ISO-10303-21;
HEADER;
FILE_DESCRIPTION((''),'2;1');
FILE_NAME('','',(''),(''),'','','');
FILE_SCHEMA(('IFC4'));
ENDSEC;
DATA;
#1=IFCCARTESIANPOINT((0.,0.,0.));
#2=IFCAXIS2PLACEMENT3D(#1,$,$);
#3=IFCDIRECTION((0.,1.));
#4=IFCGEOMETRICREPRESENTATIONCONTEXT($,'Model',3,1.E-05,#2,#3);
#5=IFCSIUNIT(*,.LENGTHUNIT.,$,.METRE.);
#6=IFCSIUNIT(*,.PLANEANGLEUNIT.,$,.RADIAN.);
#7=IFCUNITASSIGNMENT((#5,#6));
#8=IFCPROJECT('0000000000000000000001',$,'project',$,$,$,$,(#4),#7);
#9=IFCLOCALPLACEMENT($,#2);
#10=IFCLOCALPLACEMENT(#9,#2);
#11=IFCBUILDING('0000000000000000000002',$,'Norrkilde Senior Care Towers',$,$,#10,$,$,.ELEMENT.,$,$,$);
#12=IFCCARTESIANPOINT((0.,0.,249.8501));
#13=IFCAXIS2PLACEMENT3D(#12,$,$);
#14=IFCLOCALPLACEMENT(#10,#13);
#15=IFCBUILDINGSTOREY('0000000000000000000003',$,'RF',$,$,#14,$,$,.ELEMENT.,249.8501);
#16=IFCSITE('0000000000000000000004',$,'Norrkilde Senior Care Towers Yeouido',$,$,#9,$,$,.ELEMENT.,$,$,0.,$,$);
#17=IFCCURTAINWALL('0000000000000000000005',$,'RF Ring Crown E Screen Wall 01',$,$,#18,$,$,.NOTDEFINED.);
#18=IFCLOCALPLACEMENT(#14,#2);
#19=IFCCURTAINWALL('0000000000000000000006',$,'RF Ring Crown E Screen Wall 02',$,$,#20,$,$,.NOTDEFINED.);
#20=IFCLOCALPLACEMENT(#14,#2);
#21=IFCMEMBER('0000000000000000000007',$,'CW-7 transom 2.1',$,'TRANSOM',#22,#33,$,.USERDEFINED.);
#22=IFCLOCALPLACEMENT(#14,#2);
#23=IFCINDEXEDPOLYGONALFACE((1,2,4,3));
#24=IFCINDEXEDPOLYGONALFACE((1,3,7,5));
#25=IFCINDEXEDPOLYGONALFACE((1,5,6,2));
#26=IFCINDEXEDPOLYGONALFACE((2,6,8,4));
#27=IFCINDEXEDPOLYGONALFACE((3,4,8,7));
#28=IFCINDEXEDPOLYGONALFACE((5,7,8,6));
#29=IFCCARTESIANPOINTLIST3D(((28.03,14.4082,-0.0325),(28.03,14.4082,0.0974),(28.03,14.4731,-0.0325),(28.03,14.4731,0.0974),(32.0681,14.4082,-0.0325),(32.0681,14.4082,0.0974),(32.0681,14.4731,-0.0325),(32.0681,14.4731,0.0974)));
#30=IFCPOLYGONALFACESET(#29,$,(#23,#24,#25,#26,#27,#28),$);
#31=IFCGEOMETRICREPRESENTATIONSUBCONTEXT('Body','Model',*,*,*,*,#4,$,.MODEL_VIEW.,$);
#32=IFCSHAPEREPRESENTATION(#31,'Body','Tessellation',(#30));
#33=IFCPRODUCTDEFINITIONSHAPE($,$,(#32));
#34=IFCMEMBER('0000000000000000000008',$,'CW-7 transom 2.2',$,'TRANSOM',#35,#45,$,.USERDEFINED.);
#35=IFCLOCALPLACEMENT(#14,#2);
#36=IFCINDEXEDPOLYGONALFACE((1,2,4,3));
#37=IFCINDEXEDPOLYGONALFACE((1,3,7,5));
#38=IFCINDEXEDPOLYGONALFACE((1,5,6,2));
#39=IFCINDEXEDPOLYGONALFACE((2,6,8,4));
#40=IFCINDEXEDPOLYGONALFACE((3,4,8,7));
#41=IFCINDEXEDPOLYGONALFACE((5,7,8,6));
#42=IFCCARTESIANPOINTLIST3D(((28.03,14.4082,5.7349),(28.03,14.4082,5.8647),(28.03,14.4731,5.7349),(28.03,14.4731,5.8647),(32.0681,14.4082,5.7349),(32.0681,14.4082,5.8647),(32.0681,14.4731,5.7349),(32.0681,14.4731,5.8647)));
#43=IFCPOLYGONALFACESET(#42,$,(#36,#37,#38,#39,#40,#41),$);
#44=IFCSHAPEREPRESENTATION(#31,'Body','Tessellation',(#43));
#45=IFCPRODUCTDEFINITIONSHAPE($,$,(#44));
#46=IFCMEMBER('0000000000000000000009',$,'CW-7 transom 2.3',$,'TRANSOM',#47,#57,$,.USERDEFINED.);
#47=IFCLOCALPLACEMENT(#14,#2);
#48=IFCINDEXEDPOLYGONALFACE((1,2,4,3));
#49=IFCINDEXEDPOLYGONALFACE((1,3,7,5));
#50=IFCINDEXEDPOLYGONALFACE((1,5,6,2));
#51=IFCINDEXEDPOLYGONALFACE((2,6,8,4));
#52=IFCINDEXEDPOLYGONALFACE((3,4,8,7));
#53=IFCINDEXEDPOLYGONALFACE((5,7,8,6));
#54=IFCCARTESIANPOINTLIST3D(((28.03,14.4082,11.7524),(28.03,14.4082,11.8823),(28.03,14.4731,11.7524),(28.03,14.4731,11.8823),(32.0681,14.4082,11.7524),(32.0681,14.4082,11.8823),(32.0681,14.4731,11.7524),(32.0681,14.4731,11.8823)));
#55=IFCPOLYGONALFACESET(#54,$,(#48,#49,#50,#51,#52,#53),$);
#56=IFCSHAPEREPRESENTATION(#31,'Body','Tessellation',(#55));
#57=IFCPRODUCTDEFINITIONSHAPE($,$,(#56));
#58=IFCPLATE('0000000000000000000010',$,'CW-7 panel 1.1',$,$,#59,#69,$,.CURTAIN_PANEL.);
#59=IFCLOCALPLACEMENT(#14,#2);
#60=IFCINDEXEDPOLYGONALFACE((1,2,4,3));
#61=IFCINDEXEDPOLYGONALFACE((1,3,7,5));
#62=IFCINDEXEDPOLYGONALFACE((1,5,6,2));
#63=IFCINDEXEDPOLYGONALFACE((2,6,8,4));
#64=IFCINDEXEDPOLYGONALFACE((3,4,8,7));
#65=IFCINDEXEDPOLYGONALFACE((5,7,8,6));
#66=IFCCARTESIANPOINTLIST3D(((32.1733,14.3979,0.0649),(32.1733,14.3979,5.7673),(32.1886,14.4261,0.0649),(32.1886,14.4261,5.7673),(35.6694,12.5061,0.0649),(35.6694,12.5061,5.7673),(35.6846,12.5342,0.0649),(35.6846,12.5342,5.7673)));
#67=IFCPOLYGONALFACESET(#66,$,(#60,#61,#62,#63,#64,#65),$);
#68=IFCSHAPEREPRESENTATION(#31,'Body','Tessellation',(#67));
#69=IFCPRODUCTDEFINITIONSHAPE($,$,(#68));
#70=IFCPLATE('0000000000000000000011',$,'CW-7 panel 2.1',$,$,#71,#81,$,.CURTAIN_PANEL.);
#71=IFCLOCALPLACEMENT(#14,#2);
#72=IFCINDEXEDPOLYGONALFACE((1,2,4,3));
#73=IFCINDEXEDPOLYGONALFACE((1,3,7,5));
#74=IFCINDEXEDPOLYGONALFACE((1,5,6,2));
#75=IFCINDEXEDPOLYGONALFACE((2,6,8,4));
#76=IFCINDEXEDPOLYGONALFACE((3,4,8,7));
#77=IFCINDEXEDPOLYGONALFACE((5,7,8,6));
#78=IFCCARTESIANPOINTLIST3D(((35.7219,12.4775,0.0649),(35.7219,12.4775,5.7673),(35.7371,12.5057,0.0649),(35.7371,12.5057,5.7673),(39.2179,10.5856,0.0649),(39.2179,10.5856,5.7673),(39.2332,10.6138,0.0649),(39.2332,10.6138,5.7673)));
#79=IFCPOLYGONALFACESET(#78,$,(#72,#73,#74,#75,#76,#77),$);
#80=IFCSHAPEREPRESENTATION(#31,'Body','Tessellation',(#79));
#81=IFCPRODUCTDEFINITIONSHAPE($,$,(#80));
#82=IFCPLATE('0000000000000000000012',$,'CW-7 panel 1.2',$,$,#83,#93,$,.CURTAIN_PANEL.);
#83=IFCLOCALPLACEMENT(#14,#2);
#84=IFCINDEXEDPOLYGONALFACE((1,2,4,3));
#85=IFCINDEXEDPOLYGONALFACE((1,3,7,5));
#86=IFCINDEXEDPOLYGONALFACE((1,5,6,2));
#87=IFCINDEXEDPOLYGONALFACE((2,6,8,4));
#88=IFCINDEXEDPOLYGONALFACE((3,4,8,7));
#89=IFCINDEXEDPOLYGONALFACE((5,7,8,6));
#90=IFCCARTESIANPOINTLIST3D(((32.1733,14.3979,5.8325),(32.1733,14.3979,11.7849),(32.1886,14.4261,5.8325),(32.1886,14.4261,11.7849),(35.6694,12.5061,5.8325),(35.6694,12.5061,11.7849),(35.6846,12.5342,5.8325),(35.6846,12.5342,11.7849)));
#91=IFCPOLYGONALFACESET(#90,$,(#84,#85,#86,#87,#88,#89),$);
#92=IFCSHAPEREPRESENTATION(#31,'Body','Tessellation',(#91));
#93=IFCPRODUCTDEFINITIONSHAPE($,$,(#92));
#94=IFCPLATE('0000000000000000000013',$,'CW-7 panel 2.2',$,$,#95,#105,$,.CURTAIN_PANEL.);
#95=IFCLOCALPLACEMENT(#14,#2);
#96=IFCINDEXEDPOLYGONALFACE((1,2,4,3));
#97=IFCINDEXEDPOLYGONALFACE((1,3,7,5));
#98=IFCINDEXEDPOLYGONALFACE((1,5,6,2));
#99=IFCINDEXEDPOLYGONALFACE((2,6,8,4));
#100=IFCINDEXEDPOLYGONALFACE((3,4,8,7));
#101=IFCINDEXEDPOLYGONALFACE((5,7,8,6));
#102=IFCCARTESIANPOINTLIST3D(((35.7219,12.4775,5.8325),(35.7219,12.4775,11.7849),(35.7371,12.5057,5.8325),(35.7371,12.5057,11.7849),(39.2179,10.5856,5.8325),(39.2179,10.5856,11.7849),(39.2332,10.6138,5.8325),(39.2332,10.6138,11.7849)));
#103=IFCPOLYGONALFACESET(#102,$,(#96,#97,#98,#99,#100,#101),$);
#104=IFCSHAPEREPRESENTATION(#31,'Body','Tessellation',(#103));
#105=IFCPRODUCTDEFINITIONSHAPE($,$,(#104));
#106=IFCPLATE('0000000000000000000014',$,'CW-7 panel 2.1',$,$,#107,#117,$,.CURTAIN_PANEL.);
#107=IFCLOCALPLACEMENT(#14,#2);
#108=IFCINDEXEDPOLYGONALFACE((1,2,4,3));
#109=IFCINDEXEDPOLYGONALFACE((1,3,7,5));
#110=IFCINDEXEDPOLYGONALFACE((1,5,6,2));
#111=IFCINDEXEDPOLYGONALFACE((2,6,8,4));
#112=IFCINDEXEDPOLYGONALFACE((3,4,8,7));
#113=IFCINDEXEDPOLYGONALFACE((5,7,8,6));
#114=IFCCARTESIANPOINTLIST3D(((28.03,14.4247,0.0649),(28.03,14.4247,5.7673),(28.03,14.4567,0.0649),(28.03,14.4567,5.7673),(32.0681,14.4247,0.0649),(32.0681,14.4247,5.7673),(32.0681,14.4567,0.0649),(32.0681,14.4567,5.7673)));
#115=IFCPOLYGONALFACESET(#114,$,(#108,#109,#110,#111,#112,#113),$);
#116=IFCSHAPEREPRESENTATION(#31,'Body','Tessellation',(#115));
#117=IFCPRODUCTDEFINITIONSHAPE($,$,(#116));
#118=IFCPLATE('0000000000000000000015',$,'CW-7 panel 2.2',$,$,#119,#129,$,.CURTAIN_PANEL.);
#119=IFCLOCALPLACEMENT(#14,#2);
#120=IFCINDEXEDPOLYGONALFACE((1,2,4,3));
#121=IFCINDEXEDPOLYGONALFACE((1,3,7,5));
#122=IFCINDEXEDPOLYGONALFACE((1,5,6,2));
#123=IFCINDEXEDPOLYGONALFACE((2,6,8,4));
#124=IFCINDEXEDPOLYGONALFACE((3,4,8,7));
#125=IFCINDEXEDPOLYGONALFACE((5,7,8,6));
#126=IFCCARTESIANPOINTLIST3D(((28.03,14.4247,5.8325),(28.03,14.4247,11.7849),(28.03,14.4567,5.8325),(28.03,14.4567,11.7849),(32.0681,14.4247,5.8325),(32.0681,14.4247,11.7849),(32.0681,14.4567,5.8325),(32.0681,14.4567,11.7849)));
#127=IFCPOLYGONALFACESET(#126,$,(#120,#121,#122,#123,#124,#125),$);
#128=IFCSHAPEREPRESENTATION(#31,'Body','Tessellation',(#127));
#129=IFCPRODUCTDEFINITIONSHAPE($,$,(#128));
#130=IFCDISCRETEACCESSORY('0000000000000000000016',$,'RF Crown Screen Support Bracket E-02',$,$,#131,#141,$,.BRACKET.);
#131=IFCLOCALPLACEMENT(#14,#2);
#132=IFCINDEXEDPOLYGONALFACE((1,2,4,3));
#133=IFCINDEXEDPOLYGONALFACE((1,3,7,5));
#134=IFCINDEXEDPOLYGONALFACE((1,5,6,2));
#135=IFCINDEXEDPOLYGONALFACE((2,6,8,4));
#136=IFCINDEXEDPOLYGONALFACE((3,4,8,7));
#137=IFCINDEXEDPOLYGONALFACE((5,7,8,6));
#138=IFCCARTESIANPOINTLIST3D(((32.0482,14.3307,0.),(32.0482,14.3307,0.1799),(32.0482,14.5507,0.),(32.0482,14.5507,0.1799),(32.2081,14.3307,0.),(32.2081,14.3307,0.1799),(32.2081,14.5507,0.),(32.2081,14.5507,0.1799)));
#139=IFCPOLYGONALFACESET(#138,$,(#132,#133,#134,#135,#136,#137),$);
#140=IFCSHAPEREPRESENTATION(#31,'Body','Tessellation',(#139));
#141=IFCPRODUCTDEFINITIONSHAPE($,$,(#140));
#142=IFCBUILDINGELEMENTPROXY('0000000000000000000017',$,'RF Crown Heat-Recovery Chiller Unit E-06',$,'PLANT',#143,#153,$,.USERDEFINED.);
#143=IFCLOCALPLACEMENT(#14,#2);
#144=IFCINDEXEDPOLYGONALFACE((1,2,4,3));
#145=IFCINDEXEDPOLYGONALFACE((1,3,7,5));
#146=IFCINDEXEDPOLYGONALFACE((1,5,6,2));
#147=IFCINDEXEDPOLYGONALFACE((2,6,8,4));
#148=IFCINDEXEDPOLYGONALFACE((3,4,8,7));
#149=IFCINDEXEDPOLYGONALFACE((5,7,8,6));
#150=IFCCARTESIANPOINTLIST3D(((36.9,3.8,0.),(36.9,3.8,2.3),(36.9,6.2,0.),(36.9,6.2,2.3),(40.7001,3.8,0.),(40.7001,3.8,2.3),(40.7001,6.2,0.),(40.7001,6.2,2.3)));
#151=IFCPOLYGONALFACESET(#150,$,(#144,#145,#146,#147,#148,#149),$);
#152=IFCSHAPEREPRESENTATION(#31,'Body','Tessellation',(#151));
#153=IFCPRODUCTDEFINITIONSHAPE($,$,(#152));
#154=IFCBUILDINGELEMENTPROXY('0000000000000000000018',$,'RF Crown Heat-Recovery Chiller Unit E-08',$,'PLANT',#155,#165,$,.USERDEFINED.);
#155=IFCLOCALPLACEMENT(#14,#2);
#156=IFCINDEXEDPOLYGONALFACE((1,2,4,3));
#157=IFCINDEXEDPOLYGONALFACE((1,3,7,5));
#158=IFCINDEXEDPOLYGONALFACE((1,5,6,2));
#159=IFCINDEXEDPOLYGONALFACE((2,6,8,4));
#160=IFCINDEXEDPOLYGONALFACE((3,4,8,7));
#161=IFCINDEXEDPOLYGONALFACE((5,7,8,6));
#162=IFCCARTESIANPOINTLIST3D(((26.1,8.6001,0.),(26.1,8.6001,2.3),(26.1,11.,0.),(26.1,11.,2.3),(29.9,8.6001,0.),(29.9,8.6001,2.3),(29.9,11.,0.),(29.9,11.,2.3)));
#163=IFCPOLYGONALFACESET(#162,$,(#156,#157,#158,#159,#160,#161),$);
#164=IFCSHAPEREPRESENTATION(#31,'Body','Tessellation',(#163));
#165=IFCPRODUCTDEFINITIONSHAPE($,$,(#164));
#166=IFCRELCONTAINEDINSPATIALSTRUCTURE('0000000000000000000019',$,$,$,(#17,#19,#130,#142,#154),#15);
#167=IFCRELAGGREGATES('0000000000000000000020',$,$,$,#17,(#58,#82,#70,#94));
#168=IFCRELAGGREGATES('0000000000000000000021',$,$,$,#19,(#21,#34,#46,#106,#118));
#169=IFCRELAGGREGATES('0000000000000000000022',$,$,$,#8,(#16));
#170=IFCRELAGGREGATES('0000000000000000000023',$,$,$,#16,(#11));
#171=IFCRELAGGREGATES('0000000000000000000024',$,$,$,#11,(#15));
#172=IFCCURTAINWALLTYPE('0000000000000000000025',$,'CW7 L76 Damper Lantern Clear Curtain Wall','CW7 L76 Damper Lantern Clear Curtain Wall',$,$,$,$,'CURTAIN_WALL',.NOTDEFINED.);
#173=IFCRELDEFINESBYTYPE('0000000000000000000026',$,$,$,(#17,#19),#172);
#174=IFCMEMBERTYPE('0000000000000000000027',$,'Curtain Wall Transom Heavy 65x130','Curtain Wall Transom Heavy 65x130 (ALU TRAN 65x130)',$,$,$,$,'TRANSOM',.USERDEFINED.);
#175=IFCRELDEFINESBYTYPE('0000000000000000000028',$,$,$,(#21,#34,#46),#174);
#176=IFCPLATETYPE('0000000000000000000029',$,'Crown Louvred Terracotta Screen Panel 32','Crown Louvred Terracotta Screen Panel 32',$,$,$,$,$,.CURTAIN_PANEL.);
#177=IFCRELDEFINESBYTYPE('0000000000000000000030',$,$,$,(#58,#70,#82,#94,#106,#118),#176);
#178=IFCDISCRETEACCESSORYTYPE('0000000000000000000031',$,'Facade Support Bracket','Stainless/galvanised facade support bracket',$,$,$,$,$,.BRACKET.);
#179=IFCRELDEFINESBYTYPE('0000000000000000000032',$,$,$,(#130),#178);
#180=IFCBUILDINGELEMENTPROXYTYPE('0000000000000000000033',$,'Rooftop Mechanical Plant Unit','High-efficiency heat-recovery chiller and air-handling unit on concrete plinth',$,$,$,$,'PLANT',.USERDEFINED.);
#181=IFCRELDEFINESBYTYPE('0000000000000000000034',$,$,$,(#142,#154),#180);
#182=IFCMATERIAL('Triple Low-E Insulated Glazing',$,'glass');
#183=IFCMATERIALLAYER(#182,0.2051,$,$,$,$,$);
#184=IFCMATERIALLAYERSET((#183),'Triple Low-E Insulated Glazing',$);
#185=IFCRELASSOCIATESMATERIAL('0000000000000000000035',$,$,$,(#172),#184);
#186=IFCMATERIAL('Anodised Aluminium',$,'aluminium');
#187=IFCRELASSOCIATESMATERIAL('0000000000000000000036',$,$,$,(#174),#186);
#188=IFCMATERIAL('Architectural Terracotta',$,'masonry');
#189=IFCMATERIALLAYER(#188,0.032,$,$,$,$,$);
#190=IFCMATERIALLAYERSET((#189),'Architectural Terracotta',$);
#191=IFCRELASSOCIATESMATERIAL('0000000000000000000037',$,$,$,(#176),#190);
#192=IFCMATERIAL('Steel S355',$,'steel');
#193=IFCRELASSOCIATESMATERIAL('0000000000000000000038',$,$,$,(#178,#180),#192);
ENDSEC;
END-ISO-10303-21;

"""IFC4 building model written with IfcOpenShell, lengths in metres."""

from ifc_helpers import new_model, si_unit, direction, frame, origin, origin_2d, place, context, subcontext, project, spatial, rectangle, extrude, source, transform, mapped, material, layer, layer_set, material_profile, profile_set, type_object, type_shapes, element, aggregate, save


model = new_model("IFC4")

# Units and contexts
model_context = context("Model", 3, precision=1e-05, world=origin(), true_north=direction((0.0, 1.0)))
body_context = subcontext(model_context, "Body", "Model", "MODEL_VIEW")
ifc_project = project(units=[si_unit("LENGTHUNIT", "METRE"), si_unit("PLANEANGLEUNIT", "RADIAN")], contexts=[model_context])

# Site, building, storey
site_placement = place(None, origin())
site = spatial("IfcSite", under=ifc_project, at=site_placement, Name="Norrkilde Senior Care Towers Yeouido", CompositionType="ELEMENT", RefElevation=0.0)
building_placement = place(site_placement, origin())
building = spatial("IfcBuilding", under=site, at=building_placement, Name="Norrkilde Senior Care Towers", CompositionType="ELEMENT")
storey_placement = place(building_placement, frame((0.0, 0.0, 249.8501)))
storey = spatial("IfcBuildingStorey", under=building, at=storey_placement, Name="RF", CompositionType="ELEMENT", Elevation=249.8501)

# Shared definitions
ifc_material_1 = material(Name="Steel S355", Category="steel")

# Curtain walls
ifc_material_2 = material(Name="Triple Low-E Insulated Glazing", Category="glass")
ifc_layer_1 = layer(ifc_material_2, 0.2051)
ifc_layer_set_1 = layer_set([ifc_layer_1], Name="Triple Low-E Insulated Glazing")
curtain_wall_type = type_object("IfcCurtainWallType", Name="CW7 L76 Damper Lantern Clear Curtain Wall", Description="CW7 L76 Damper Lantern Clear Curtain Wall", ElementType="CURTAIN_WALL", PredefinedType="NOTDEFINED", material=ifc_layer_set_1)
curtain_wall_1_placement = place(storey_placement, origin())
curtain_wall_1 = element("IfcCurtainWall", 1, at=curtain_wall_1_placement, inside=storey, type_object=curtain_wall_type, Name="RF Ring Crown E Screen Wall 01", PredefinedType="NOTDEFINED")
ifc_material_3 = material(Name="Anodised Aluminium", Category="aluminium")
curtain_wall_2_placement = place(storey_placement, origin())
curtain_wall_2 = element("IfcCurtainWall", 2, at=curtain_wall_2_placement, inside=storey, type_object=curtain_wall_type, Name="RF Ring Crown E Screen Wall 02", PredefinedType="NOTDEFINED")

# Members
ifc_material_profile_1 = material_profile(ifc_material_3, rectangle(XDim=0.0649, YDim=0.1299, at=origin_2d()), Name="ALU TRAN 65x130")
ifc_profile_set_1 = profile_set([ifc_material_profile_1], Name="Anodised Aluminium")
member_type_1 = type_object("IfcMemberType", Name="Curtain Wall Transom Heavy 65x130", Description="Curtain Wall Transom Heavy 65x130 (ALU TRAN 65x130)", ElementType="TRANSOM", PredefinedType="USERDEFINED", material=ifc_profile_set_1)
shared_shape_1 = source(origin(), body_context, "Body", "SweptSolid", [
    extrude(rectangle(XDim=0.0649, YDim=0.1299, at=origin_2d()), origin(), (0.0, 0.0, 1.0), 4.0381),
])
member_1_placement = place(storey_placement, frame((28.03, 14.4407, 0.0325), z_axis=(1.0, 0.0, 0.0), x_axis=(0.0, 1.0, 0.0)))
member_1 = element("IfcMember", 3, at=member_1_placement, type_object=member_type_1, Name="CW-7 transom 2.1", ObjectType="TRANSOM", PredefinedType="USERDEFINED", context=body_context, shape_type="MappedRepresentation", body=[
    mapped(shared_shape_1, transform((0.0, 0.0, 0.0), x_axis=(1.0, 0.0, 0.0), y_axis=(0.0, 1.0, 0.0), z_axis=(0.0, 0.0, 1.0), scale=1.0)),
])
member_2_placement = place(storey_placement, frame((28.03, 14.4407, 5.7998), z_axis=(1.0, 0.0, 0.0), x_axis=(0.0, 1.0, 0.0)))
member_2 = element("IfcMember", 4, at=member_2_placement, type_object=member_type_1, Name="CW-7 transom 2.2", ObjectType="TRANSOM", PredefinedType="USERDEFINED", context=body_context, shape_type="MappedRepresentation", body=[
    mapped(shared_shape_1, transform((0.0, 0.0, 0.0), x_axis=(1.0, 0.0, 0.0), y_axis=(0.0, 1.0, 0.0), z_axis=(0.0, 0.0, 1.0), scale=1.0)),
])
member_3_placement = place(storey_placement, frame((28.03, 14.4407, 11.8174), z_axis=(1.0, 0.0, 0.0), x_axis=(0.0, 1.0, 0.0)))
member_3 = element("IfcMember", 5, at=member_3_placement, type_object=member_type_1, Name="CW-7 transom 2.3", ObjectType="TRANSOM", PredefinedType="USERDEFINED", context=body_context, shape_type="MappedRepresentation", body=[
    mapped(shared_shape_1, transform((0.0, 0.0, 0.0), x_axis=(1.0, 0.0, 0.0), y_axis=(0.0, 1.0, 0.0), z_axis=(0.0, 0.0, 1.0), scale=1.0)),
])

# Plates
ifc_material_4 = material(Name="Architectural Terracotta", Category="masonry")
ifc_layer_2 = layer(ifc_material_4, 0.032)
ifc_layer_set_2 = layer_set([ifc_layer_2], Name="Architectural Terracotta")
plate_type = type_object("IfcPlateType", Name="Crown Louvred Terracotta Screen Panel 32", Description="Crown Louvred Terracotta Screen Panel 32", PredefinedType="CURTAIN_PANEL", material=ifc_layer_set_2)
shared_shape_2 = source(origin(), body_context, "Body", "SweptSolid", [
    extrude(rectangle(XDim=3.9751, YDim=0.032, at=origin_2d()), origin(), (0.0, 0.0, 1.0), 5.7024),
])
plate_1_placement = place(storey_placement, frame((33.929, 13.4661, 0.0649), z_axis=(0.0, 0.0, 1.0), x_axis=(0.879481, -0.475934, 0.0)))
plate_1 = element("IfcPlate", 6, at=plate_1_placement, type_object=plate_type, Name="CW-7 panel 1.1", PredefinedType="CURTAIN_PANEL", context=body_context, shape_type="MappedRepresentation", body=[
    mapped(shared_shape_2, transform((0.0, 0.0, 0.0), x_axis=(1.0, 0.0, 0.0), y_axis=(0.0, 1.0, 0.0), z_axis=(0.0, 0.0, 1.0), scale=1.0)),
])
plate_2_placement = place(storey_placement, frame((37.4775, 11.5457, 0.0649), z_axis=(0.0, 0.0, 1.0), x_axis=(0.879481, -0.475934, 0.0)))
plate_2 = element("IfcPlate", 7, at=plate_2_placement, type_object=plate_type, Name="CW-7 panel 2.1", PredefinedType="CURTAIN_PANEL", context=body_context, shape_type="MappedRepresentation", body=[
    mapped(shared_shape_2, transform((0.0, 0.0, 0.0), x_axis=(1.0, 0.0, 0.0), y_axis=(0.0, 1.0, 0.0), z_axis=(0.0, 0.0, 1.0), scale=1.0)),
])
shared_shape_3 = source(origin(), body_context, "Body", "SweptSolid", [
    extrude(rectangle(XDim=3.9751, YDim=0.032, at=origin_2d()), origin(), (0.0, 0.0, 1.0), 5.9524),
])
plate_3_placement = place(storey_placement, frame((33.929, 13.4661, 5.8325), z_axis=(0.0, 0.0, 1.0), x_axis=(0.879481, -0.475934, 0.0)))
plate_3 = element("IfcPlate", 8, at=plate_3_placement, type_object=plate_type, Name="CW-7 panel 1.2", PredefinedType="CURTAIN_PANEL", context=body_context, shape_type="MappedRepresentation", body=[
    mapped(shared_shape_3, transform((0.0, 0.0, 0.0), x_axis=(1.0, 0.0, 0.0), y_axis=(0.0, 1.0, 0.0), z_axis=(0.0, 0.0, 1.0), scale=1.0)),
])
plate_4_placement = place(storey_placement, frame((37.4775, 11.5457, 5.8325), z_axis=(0.0, 0.0, 1.0), x_axis=(0.879481, -0.475934, 0.0)))
plate_4 = element("IfcPlate", 9, at=plate_4_placement, type_object=plate_type, Name="CW-7 panel 2.2", PredefinedType="CURTAIN_PANEL", context=body_context, shape_type="MappedRepresentation", body=[
    mapped(shared_shape_3, transform((0.0, 0.0, 0.0), x_axis=(1.0, 0.0, 0.0), y_axis=(0.0, 1.0, 0.0), z_axis=(0.0, 0.0, 1.0), scale=1.0)),
])
aggregate(curtain_wall_1, [plate_1, plate_3, plate_2, plate_4])
shared_shape_4 = source(origin(), body_context, "Body", "SweptSolid", [
    extrude(rectangle(XDim=4.0381, YDim=0.032, at=origin_2d()), origin(), (0.0, 0.0, 1.0), 5.7024),
])
plate_5_placement = place(storey_placement, frame((30.0491, 14.4407, 0.0649), z_axis=(0.0, 0.0, 1.0), x_axis=(1.0, 0.0, 0.0)))
plate_5 = element("IfcPlate", 10, at=plate_5_placement, type_object=plate_type, Name="CW-7 panel 2.1", PredefinedType="CURTAIN_PANEL", context=body_context, shape_type="MappedRepresentation", body=[
    mapped(shared_shape_4, transform((0.0, 0.0, 0.0), x_axis=(1.0, 0.0, 0.0), y_axis=(0.0, 1.0, 0.0), z_axis=(0.0, 0.0, 1.0), scale=1.0)),
])
shared_shape_5 = source(origin(), body_context, "Body", "SweptSolid", [
    extrude(rectangle(XDim=4.0381, YDim=0.032, at=origin_2d()), origin(), (0.0, 0.0, 1.0), 5.9524),
])
type_shapes(plate_type, [shared_shape_2, shared_shape_3, shared_shape_4, shared_shape_5])
plate_6_placement = place(storey_placement, frame((30.0491, 14.4407, 5.8325), z_axis=(0.0, 0.0, 1.0), x_axis=(1.0, 0.0, 0.0)))
plate_6 = element("IfcPlate", 11, at=plate_6_placement, type_object=plate_type, Name="CW-7 panel 2.2", PredefinedType="CURTAIN_PANEL", context=body_context, shape_type="MappedRepresentation", body=[
    mapped(shared_shape_5, transform((0.0, 0.0, 0.0), x_axis=(1.0, 0.0, 0.0), y_axis=(0.0, 1.0, 0.0), z_axis=(0.0, 0.0, 1.0), scale=1.0)),
])
aggregate(curtain_wall_2, [member_1, member_2, member_3, plate_5, plate_6])

# Discrete accessory
discrete_accessory_type = type_object("IfcDiscreteAccessoryType", Name="Facade Support Bracket", Description="Stainless/galvanised facade support bracket", PredefinedType="BRACKET", material=ifc_material_1)
shared_shape_6 = source(origin(), body_context, "Body", "SweptSolid", [
    extrude(rectangle(XDim=0.1599, YDim=0.22, at=origin_2d()), origin(), (0.0, 0.0, 1.0), 0.1799),
])
type_shapes(discrete_accessory_type, [shared_shape_6])
discrete_accessory_placement = place(storey_placement, frame((32.1282, 14.4407, 0.0), z_axis=(0.0, 0.0, 1.0), x_axis=(1.0, 0.0, 0.0)))
element("IfcDiscreteAccessory", 12, at=discrete_accessory_placement, inside=storey, type_object=discrete_accessory_type, Name="RF Crown Screen Support Bracket E-02", PredefinedType="BRACKET", context=body_context, shape_type="MappedRepresentation", body=[
    mapped(shared_shape_6, transform((0.0, 0.0, 0.0), x_axis=(1.0, 0.0, 0.0), y_axis=(0.0, 1.0, 0.0), z_axis=(0.0, 0.0, 1.0), scale=1.0)),
])

# Building element proxies
building_element_proxy_type = type_object("IfcBuildingElementProxyType", Name="Rooftop Mechanical Plant Unit", Description="High-efficiency heat-recovery chiller and air-handling unit on concrete plinth", ElementType="PLANT", PredefinedType="USERDEFINED", material=ifc_material_1)
shared_shape_7 = source(origin(), body_context, "Body", "SweptSolid", [
    extrude(rectangle(XDim=3.8, YDim=2.3999, at=origin_2d()), origin(), (0.0, 0.0, 1.0), 2.3),
])
type_shapes(building_element_proxy_type, [shared_shape_7])
for number, where, z_axis, x_axis, name in (
    (13, (38.8, 5.0, 0.0), (0.0, 0.0, 1.0), (1.0, 0.0, 0.0), "RF Crown Heat-Recovery Chiller Unit E-06"),
    (14, (28.0, 9.8, 0.0), (0.0, 0.0, 1.0), (1.0, 0.0, 0.0), "RF Crown Heat-Recovery Chiller Unit E-08"),
):
    element("IfcBuildingElementProxy", number, at=place(storey_placement, frame(where, z_axis=z_axis, x_axis=x_axis)), inside=storey, type_object=building_element_proxy_type, Name=name, ObjectType="PLANT", PredefinedType="USERDEFINED", context=body_context, shape_type="MappedRepresentation", body=[
        mapped(shared_shape_7, transform((0.0, 0.0, 0.0), x_axis=(1.0, 0.0, 0.0), y_axis=(0.0, 1.0, 0.0), z_axis=(0.0, 0.0, 1.0), scale=1.0)),
    ])

save(model, "model.ifc")
